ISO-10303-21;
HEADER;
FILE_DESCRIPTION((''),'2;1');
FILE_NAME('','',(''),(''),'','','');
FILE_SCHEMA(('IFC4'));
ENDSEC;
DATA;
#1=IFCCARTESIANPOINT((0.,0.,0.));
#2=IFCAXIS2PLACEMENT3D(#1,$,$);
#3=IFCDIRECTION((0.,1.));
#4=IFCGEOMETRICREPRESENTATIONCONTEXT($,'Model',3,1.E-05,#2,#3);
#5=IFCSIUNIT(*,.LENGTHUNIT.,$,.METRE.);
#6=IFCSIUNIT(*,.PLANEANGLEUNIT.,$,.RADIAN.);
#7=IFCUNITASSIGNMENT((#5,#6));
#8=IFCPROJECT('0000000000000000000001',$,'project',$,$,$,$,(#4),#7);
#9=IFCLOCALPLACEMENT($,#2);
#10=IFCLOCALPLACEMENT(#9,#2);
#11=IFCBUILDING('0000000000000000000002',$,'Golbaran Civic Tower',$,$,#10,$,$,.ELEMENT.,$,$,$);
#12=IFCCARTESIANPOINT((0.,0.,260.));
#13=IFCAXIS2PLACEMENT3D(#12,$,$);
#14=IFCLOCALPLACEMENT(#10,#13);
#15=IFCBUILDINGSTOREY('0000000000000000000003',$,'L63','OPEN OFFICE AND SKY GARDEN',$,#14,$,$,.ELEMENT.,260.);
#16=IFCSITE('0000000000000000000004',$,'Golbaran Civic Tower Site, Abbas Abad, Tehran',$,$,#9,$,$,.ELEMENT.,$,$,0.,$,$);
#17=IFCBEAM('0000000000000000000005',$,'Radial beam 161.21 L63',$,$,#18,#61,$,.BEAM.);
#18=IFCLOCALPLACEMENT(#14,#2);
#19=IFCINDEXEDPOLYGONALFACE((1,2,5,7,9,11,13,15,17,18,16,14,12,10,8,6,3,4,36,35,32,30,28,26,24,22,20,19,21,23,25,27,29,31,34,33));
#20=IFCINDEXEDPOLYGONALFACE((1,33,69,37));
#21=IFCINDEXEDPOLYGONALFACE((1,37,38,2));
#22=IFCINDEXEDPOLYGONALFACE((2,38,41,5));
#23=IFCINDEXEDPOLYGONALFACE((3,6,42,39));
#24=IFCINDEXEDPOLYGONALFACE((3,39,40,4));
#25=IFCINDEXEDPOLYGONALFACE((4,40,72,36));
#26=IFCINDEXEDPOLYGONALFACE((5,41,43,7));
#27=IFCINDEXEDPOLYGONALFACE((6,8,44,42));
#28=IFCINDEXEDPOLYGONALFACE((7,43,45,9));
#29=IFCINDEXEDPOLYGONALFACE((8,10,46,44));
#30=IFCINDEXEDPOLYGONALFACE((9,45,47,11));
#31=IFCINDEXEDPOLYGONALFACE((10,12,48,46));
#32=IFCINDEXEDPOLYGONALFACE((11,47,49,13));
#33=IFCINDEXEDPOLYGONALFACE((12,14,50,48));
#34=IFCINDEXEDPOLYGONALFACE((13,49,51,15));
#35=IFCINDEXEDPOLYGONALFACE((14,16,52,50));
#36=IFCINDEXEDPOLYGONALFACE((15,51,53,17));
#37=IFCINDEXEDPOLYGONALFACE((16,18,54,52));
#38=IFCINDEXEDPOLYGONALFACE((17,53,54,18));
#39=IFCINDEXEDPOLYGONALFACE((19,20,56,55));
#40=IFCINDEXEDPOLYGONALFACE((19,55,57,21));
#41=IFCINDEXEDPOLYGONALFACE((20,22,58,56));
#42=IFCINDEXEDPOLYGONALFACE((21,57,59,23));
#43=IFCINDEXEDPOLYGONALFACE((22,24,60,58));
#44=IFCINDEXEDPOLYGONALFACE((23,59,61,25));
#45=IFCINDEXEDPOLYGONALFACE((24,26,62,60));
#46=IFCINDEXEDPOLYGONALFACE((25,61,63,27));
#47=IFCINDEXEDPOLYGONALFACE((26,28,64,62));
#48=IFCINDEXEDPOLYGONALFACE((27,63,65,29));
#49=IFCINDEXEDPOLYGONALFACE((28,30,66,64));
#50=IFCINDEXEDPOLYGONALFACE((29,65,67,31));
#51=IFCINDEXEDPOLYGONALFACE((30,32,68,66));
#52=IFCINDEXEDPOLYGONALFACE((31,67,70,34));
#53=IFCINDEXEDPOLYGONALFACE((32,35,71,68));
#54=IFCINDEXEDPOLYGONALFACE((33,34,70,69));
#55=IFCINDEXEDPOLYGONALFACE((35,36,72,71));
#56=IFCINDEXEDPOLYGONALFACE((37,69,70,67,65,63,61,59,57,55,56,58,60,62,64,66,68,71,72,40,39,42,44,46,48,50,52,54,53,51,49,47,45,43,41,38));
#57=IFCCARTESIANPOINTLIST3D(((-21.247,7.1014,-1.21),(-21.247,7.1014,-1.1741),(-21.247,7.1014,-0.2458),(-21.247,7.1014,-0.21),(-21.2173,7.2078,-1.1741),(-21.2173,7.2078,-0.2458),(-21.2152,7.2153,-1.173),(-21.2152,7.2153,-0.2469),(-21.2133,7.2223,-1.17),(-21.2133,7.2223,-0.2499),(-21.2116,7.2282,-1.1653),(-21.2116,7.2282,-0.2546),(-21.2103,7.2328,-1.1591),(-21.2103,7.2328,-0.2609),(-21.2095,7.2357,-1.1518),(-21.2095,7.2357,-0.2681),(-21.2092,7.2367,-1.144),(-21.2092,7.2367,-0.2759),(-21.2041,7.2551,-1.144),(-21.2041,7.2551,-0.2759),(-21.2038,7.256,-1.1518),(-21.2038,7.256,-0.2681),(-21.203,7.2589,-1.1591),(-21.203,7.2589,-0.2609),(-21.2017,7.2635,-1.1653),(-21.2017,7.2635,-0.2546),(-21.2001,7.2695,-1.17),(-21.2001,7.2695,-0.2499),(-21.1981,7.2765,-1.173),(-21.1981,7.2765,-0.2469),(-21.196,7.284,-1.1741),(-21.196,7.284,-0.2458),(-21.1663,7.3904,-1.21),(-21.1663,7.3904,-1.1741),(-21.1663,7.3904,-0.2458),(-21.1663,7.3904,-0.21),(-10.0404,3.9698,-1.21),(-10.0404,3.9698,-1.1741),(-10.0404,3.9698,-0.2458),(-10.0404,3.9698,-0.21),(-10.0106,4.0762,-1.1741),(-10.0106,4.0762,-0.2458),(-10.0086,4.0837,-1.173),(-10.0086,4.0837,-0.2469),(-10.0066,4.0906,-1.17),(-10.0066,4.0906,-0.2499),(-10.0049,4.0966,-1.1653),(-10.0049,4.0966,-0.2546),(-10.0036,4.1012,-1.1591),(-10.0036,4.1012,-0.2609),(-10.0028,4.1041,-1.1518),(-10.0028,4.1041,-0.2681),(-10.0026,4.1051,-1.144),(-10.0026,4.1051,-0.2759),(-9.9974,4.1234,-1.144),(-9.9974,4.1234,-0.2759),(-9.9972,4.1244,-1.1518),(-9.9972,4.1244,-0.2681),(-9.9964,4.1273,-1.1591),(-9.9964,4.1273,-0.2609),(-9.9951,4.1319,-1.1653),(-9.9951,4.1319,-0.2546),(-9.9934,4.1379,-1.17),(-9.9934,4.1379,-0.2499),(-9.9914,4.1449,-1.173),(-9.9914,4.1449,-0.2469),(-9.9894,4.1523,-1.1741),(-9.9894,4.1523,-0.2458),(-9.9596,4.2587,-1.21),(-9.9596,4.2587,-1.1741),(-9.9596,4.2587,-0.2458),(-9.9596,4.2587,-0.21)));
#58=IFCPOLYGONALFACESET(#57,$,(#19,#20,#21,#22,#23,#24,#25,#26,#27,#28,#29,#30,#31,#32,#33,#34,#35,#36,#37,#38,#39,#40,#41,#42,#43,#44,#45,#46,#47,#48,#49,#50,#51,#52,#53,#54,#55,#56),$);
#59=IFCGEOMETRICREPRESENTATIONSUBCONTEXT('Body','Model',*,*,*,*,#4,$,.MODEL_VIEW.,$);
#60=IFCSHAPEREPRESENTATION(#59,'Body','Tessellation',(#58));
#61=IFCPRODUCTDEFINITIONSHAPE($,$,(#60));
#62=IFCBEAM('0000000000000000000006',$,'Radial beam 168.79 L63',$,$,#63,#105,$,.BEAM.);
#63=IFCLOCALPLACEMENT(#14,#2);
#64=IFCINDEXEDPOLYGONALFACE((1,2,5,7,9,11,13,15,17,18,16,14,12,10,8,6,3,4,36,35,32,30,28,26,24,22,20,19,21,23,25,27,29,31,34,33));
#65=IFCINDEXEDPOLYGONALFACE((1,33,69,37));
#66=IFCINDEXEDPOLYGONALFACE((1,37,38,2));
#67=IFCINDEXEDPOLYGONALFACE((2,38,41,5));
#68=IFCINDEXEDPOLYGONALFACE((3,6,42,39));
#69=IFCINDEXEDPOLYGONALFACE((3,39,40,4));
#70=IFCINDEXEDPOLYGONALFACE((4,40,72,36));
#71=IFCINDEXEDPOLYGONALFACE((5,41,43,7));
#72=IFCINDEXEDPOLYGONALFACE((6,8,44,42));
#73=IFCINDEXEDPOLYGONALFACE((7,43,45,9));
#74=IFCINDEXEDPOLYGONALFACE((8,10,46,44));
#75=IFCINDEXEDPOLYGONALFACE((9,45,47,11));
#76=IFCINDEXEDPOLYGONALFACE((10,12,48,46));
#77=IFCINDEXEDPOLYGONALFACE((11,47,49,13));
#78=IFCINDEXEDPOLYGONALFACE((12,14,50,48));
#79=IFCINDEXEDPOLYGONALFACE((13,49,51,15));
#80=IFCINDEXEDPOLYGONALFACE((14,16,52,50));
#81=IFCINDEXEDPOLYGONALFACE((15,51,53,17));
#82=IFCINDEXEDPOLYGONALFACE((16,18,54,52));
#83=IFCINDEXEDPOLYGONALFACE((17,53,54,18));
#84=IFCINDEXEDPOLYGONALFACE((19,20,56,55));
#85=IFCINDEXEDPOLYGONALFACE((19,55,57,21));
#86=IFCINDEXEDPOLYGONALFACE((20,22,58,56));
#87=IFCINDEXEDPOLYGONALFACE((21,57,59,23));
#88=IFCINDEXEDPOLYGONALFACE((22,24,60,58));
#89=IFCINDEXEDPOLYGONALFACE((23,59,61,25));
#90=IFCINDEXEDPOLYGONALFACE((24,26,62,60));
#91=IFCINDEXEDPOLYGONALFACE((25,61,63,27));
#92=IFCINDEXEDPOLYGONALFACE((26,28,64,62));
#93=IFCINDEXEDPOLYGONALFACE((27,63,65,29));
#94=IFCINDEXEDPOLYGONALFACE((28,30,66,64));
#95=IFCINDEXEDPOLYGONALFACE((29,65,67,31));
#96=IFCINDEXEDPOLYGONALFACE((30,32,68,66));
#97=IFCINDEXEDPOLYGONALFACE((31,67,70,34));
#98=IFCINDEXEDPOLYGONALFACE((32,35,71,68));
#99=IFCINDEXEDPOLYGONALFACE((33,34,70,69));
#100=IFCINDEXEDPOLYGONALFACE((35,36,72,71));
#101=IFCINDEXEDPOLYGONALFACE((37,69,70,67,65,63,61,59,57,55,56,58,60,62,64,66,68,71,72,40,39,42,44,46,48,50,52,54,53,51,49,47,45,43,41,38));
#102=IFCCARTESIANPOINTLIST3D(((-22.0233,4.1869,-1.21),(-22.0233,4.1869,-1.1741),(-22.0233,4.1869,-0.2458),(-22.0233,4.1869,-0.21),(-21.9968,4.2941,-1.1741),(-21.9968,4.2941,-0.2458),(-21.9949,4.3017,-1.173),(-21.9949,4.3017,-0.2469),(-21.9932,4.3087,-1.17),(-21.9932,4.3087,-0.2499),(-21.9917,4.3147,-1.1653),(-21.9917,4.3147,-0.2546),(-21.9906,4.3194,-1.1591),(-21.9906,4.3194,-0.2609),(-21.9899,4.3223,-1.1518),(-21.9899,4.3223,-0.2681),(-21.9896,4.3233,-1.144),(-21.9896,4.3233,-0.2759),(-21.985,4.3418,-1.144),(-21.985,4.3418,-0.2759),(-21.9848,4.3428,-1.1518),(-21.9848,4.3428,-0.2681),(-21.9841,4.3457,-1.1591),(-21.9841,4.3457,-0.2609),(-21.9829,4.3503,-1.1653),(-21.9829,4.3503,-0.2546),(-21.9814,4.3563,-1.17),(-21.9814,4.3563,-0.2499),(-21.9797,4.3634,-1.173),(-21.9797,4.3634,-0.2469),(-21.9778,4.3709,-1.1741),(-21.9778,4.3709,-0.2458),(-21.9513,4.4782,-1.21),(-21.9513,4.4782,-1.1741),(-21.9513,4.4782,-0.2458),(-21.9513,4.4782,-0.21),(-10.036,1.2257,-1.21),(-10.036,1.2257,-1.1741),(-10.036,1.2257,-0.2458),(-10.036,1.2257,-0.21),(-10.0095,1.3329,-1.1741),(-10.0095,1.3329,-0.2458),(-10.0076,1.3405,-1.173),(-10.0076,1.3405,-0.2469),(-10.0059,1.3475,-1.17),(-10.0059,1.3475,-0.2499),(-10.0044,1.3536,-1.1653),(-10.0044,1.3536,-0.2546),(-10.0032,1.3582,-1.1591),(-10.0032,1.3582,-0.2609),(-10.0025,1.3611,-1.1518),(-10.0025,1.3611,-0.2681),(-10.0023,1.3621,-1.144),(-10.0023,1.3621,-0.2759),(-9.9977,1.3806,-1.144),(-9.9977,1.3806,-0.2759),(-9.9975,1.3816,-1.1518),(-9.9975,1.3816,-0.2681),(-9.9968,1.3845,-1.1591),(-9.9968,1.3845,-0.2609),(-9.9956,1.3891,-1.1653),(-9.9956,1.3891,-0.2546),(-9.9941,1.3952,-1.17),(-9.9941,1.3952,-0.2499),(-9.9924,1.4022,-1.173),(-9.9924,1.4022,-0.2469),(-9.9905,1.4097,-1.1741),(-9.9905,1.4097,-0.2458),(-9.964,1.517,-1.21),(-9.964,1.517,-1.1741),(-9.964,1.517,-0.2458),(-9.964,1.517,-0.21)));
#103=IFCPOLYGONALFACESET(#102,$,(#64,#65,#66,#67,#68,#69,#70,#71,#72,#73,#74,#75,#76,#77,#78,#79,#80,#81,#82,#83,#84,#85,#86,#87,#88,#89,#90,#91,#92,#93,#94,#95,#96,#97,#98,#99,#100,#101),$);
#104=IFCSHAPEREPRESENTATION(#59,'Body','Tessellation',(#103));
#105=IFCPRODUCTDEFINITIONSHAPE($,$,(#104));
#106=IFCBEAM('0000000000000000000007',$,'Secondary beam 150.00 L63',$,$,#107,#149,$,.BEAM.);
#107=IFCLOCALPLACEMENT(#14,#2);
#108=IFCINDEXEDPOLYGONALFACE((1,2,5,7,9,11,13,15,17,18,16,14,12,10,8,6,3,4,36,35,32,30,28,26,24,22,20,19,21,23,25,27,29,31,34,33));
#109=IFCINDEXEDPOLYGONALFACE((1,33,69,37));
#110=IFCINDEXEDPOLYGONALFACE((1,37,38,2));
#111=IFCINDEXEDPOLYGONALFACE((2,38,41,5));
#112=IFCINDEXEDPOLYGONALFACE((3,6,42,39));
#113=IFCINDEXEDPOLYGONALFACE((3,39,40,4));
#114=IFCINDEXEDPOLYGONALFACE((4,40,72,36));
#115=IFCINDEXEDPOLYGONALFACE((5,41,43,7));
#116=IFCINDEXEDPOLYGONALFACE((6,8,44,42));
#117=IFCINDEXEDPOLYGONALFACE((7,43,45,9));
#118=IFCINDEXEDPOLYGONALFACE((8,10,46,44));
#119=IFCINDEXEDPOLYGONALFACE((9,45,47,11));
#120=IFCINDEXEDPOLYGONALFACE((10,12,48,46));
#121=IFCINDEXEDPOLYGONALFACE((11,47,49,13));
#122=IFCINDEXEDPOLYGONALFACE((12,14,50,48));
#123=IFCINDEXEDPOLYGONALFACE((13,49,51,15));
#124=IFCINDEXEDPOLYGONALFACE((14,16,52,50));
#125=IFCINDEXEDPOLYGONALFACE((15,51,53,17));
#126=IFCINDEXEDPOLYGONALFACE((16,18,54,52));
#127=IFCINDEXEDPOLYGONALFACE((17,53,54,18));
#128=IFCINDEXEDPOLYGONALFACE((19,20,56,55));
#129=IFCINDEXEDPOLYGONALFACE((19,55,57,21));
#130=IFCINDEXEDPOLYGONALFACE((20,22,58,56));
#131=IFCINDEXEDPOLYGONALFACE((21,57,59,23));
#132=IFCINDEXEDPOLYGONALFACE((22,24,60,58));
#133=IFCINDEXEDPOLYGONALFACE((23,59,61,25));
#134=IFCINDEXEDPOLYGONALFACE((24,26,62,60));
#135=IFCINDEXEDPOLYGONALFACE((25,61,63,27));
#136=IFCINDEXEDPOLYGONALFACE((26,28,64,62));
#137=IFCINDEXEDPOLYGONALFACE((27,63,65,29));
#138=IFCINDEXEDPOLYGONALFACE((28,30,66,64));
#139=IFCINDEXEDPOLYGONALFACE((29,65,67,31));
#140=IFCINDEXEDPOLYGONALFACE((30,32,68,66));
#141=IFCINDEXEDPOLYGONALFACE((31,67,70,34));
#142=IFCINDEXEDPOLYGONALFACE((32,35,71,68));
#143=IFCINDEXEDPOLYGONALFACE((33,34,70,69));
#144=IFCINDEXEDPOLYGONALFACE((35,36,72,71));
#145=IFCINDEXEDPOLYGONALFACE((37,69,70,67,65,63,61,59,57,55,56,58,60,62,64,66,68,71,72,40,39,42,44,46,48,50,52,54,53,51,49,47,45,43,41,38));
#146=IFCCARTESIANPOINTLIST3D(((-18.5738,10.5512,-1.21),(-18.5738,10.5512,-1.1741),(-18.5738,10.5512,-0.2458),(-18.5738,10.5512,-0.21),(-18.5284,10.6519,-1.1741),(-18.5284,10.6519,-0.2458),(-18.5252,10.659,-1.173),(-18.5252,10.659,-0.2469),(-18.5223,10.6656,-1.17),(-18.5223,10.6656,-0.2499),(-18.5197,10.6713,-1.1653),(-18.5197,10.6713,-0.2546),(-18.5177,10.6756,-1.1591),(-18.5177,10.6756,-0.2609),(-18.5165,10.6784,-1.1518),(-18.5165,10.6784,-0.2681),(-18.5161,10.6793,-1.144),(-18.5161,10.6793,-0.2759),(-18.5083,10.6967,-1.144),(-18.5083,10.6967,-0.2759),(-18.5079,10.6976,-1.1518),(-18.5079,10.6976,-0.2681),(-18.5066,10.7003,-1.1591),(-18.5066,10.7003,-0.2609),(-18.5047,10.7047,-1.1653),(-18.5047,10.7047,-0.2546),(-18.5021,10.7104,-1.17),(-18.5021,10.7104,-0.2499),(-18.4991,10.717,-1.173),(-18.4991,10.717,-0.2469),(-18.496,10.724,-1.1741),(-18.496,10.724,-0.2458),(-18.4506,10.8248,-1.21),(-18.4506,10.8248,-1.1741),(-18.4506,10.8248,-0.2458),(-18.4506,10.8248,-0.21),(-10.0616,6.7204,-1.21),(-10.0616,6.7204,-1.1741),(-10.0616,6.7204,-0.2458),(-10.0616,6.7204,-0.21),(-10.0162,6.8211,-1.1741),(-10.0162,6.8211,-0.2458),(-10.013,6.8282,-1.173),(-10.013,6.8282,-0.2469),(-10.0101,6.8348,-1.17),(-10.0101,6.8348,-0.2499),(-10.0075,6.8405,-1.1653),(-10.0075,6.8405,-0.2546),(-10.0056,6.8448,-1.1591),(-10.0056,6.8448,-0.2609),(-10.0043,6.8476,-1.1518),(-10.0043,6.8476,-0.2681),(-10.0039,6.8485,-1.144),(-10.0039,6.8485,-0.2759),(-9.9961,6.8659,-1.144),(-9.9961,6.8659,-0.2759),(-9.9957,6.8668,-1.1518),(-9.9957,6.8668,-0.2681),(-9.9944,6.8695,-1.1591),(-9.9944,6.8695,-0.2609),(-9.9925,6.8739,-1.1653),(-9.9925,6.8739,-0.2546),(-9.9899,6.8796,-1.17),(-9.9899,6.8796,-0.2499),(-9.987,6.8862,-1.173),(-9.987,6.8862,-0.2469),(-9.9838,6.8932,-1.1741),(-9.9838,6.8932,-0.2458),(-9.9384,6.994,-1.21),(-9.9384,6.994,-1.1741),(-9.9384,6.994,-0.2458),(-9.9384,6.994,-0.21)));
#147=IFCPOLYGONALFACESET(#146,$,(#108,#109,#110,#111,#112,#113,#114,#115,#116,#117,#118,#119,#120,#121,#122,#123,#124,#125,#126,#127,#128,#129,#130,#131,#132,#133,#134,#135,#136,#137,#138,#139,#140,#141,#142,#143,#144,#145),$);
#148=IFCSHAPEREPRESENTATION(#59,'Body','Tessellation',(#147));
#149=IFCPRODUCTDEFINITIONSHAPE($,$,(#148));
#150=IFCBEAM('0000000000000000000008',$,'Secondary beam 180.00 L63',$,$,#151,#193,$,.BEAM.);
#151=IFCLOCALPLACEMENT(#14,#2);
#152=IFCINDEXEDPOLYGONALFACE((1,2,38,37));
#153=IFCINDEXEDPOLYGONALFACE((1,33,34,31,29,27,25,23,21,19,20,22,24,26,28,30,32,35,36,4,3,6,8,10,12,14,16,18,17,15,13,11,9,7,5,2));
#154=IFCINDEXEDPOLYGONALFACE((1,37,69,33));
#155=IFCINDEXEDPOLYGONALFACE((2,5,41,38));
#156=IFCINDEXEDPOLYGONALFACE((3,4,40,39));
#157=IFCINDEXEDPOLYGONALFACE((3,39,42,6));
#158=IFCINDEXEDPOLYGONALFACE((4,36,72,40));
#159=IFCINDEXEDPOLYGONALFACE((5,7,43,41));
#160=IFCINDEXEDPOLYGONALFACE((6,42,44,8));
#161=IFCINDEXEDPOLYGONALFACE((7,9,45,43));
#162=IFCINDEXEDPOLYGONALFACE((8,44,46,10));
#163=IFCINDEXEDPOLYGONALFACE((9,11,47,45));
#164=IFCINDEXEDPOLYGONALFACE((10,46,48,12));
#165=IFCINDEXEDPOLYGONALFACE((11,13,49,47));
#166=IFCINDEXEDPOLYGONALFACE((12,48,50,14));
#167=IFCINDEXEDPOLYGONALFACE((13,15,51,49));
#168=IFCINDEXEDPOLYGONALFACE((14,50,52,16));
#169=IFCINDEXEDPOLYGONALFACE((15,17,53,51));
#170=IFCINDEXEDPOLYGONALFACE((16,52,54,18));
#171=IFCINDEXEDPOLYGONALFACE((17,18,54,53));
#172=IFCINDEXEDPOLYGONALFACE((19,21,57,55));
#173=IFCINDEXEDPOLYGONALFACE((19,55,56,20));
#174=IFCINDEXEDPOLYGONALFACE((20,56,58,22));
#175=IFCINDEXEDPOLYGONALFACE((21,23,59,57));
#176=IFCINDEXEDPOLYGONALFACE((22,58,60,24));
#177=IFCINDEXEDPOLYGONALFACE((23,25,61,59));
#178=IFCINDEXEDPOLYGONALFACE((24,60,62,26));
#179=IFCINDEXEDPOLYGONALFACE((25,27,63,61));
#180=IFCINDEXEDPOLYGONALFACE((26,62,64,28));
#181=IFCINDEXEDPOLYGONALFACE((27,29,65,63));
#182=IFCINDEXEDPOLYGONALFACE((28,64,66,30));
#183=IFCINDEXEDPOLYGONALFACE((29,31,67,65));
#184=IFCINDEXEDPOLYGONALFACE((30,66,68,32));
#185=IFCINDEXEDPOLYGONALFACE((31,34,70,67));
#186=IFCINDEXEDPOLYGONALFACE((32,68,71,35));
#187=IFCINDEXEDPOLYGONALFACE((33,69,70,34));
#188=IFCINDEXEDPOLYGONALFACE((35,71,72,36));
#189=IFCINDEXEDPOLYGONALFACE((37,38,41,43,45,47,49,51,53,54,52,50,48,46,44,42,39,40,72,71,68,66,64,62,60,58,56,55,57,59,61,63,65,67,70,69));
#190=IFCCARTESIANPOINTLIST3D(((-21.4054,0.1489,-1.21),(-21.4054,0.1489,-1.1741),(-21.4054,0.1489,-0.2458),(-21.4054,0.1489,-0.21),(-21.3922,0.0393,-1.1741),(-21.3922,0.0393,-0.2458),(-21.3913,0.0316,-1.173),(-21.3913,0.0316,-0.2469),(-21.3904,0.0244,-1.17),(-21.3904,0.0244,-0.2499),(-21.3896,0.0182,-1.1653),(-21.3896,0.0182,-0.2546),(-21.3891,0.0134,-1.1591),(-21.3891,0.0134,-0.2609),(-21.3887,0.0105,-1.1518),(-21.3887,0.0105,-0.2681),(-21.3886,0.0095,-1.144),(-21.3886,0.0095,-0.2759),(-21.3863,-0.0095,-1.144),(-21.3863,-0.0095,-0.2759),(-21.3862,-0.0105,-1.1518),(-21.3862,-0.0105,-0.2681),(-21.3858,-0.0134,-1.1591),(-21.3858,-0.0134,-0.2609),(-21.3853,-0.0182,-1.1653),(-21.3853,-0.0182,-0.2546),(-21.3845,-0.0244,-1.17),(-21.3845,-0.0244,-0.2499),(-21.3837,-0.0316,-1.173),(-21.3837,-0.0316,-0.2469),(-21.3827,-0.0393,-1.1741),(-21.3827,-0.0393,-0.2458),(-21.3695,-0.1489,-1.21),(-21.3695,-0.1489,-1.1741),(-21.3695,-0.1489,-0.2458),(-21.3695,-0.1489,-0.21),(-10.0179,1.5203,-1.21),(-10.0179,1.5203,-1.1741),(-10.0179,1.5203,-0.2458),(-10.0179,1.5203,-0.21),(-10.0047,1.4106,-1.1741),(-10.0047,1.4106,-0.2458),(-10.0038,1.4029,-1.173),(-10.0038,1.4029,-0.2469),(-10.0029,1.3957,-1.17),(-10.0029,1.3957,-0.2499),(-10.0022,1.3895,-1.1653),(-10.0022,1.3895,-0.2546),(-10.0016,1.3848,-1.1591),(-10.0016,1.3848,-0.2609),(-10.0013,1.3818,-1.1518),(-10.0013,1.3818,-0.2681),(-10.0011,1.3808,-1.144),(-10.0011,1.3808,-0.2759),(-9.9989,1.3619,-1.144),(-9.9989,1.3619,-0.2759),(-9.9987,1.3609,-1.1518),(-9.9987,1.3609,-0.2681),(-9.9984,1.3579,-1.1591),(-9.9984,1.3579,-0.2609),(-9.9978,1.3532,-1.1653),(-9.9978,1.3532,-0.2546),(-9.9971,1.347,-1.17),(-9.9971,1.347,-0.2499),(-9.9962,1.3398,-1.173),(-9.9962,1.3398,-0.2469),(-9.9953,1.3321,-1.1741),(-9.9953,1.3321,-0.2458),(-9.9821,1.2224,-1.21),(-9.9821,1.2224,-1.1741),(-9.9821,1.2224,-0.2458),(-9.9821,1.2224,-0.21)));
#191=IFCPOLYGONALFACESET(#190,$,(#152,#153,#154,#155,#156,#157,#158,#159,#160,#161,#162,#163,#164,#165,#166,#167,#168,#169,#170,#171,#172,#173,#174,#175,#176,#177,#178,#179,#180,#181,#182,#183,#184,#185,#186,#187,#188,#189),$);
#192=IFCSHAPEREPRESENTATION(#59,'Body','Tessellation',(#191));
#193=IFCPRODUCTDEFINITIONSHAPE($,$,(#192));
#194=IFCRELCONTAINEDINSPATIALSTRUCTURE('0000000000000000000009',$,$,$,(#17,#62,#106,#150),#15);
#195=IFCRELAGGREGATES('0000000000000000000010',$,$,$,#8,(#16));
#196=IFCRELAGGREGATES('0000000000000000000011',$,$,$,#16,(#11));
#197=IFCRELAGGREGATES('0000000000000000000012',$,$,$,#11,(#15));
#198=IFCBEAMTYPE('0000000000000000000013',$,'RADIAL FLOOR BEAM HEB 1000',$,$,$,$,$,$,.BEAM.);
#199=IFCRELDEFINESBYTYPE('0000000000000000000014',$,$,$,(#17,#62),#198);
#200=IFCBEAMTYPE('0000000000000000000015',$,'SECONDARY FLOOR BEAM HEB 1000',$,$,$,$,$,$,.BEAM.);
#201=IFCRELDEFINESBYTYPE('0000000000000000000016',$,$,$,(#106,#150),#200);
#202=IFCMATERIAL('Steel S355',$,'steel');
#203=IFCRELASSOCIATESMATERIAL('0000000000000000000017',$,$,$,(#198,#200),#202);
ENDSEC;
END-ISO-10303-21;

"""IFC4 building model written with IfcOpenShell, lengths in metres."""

from ifc_helpers import new_model, si_unit, direction, frame, origin, origin_2d, place, context, subcontext, project, spatial, i_section, extrude, material, material_profile, profile_set, type_object, element, save


model = new_model("IFC4")

# Units and contexts
model_context = context("Model", 3, precision=1e-05, world=origin(), true_north=direction((0.0, 1.0)))
body_context = subcontext(model_context, "Body", "Model", "MODEL_VIEW")
ifc_project = project(units=[si_unit("LENGTHUNIT", "METRE"), si_unit("PLANEANGLEUNIT", "RADIAN")], contexts=[model_context])

# Site, building, storey
site_placement = place(None, origin())
site = spatial("IfcSite", under=ifc_project, at=site_placement, Name="Golbaran Civic Tower Site, Abbas Abad, Tehran", CompositionType="ELEMENT", RefElevation=0.0)
building_placement = place(site_placement, origin())
building = spatial("IfcBuilding", under=site, at=building_placement, Name="Golbaran Civic Tower", CompositionType="ELEMENT")
storey_placement = place(building_placement, frame((0.0, 0.0, 260.0)))
storey = spatial("IfcBuildingStorey", under=building, at=storey_placement, Name="L63", Description="OPEN OFFICE AND SKY GARDEN", CompositionType="ELEMENT", Elevation=260.0)

# Beams
ifc_material_1 = material(Name="Steel S355", Category="steel")
ifc_material_profile_1 = material_profile(ifc_material_1, i_section(OverallWidth=0.3, OverallDepth=1.0, WebThickness=0.019, FlangeThickness=0.0359, FilletRadius=0.03, at=origin_2d()), Name="HEB 1000")
ifc_profile_set_1 = profile_set([ifc_material_profile_1], Name="Steel S355")
beam_type_1 = type_object("IfcBeamType", Name="RADIAL FLOOR BEAM HEB 1000", PredefinedType="BEAM", material=ifc_profile_set_1)
beam_1_placement = place(storey_placement, frame((-10.0, 4.1143, -0.71), z_axis=(-0.963103, 0.269133, 0.0), x_axis=(-0.269133, -0.963103, 0.0)))
element("IfcBeam", 1, at=beam_1_placement, inside=storey, type_object=beam_type_1, Name="Radial beam 161.21 L63", PredefinedType="BEAM", context=body_context, shape_type="SweptSolid", body=[
    extrude(i_section(OverallWidth=0.3, OverallDepth=1.0, WebThickness=0.019, FlangeThickness=0.0359, FilletRadius=0.03, at=origin_2d()), origin(), (0.0, 0.0, 1.0), 11.636),
])
beam_2_placement = place(storey_placement, frame((-10.0, 1.3713, -0.71), z_axis=(-0.970818, 0.239818, 0.0), x_axis=(-0.239818, -0.970818, 0.0)))
element("IfcBeam", 2, at=beam_2_placement, inside=storey, type_object=beam_type_1, Name="Radial beam 168.79 L63", PredefinedType="BEAM", context=body_context, shape_type="SweptSolid", body=[
    extrude(i_section(OverallWidth=0.3, OverallDepth=1.0, WebThickness=0.019, FlangeThickness=0.0359, FilletRadius=0.03, at=origin_2d()), origin(), (0.0, 0.0, 1.0), 12.3477),
])
ifc_material_profile_2 = material_profile(ifc_material_1, i_section(OverallWidth=0.3, OverallDepth=1.0, WebThickness=0.019, FlangeThickness=0.0359, FilletRadius=0.03, at=origin_2d()), Name="HEB 1000")
ifc_profile_set_2 = profile_set([ifc_material_profile_2], Name="Steel S355")
beam_type_2 = type_object("IfcBeamType", Name="SECONDARY FLOOR BEAM HEB 1000", PredefinedType="BEAM", material=ifc_profile_set_2)
beam_3_placement = place(storey_placement, frame((-10.0, 6.8572, -0.71), z_axis=(-0.911909, 0.410393, 0.0), x_axis=(-0.410393, -0.911909, 0.0)))
element("IfcBeam", 3, at=beam_3_placement, inside=storey, type_object=beam_type_2, Name="Secondary beam 150.00 L63", PredefinedType="BEAM", context=body_context, shape_type="SweptSolid", body=[
    extrude(i_section(OverallWidth=0.3, OverallDepth=1.0, WebThickness=0.019, FlangeThickness=0.0359, FilletRadius=0.03, at=origin_2d()), origin(), (0.0, 0.0, 1.0), 9.3345),
])
beam_4_placement = place(storey_placement, frame((-10.0, 1.3713, -0.71), z_axis=(-0.992827, -0.119562, 0.0), x_axis=(0.119562, -0.992827, 0.0)))
element("IfcBeam", 4, at=beam_4_placement, inside=storey, type_object=beam_type_2, Name="Secondary beam 180.00 L63", PredefinedType="BEAM", context=body_context, shape_type="SweptSolid", body=[
    extrude(i_section(OverallWidth=0.3, OverallDepth=1.0, WebThickness=0.019, FlangeThickness=0.0359, FilletRadius=0.03, at=origin_2d()), origin(), (0.0, 0.0, 1.0), 11.4697),
])

save(model, "model.ifc")
